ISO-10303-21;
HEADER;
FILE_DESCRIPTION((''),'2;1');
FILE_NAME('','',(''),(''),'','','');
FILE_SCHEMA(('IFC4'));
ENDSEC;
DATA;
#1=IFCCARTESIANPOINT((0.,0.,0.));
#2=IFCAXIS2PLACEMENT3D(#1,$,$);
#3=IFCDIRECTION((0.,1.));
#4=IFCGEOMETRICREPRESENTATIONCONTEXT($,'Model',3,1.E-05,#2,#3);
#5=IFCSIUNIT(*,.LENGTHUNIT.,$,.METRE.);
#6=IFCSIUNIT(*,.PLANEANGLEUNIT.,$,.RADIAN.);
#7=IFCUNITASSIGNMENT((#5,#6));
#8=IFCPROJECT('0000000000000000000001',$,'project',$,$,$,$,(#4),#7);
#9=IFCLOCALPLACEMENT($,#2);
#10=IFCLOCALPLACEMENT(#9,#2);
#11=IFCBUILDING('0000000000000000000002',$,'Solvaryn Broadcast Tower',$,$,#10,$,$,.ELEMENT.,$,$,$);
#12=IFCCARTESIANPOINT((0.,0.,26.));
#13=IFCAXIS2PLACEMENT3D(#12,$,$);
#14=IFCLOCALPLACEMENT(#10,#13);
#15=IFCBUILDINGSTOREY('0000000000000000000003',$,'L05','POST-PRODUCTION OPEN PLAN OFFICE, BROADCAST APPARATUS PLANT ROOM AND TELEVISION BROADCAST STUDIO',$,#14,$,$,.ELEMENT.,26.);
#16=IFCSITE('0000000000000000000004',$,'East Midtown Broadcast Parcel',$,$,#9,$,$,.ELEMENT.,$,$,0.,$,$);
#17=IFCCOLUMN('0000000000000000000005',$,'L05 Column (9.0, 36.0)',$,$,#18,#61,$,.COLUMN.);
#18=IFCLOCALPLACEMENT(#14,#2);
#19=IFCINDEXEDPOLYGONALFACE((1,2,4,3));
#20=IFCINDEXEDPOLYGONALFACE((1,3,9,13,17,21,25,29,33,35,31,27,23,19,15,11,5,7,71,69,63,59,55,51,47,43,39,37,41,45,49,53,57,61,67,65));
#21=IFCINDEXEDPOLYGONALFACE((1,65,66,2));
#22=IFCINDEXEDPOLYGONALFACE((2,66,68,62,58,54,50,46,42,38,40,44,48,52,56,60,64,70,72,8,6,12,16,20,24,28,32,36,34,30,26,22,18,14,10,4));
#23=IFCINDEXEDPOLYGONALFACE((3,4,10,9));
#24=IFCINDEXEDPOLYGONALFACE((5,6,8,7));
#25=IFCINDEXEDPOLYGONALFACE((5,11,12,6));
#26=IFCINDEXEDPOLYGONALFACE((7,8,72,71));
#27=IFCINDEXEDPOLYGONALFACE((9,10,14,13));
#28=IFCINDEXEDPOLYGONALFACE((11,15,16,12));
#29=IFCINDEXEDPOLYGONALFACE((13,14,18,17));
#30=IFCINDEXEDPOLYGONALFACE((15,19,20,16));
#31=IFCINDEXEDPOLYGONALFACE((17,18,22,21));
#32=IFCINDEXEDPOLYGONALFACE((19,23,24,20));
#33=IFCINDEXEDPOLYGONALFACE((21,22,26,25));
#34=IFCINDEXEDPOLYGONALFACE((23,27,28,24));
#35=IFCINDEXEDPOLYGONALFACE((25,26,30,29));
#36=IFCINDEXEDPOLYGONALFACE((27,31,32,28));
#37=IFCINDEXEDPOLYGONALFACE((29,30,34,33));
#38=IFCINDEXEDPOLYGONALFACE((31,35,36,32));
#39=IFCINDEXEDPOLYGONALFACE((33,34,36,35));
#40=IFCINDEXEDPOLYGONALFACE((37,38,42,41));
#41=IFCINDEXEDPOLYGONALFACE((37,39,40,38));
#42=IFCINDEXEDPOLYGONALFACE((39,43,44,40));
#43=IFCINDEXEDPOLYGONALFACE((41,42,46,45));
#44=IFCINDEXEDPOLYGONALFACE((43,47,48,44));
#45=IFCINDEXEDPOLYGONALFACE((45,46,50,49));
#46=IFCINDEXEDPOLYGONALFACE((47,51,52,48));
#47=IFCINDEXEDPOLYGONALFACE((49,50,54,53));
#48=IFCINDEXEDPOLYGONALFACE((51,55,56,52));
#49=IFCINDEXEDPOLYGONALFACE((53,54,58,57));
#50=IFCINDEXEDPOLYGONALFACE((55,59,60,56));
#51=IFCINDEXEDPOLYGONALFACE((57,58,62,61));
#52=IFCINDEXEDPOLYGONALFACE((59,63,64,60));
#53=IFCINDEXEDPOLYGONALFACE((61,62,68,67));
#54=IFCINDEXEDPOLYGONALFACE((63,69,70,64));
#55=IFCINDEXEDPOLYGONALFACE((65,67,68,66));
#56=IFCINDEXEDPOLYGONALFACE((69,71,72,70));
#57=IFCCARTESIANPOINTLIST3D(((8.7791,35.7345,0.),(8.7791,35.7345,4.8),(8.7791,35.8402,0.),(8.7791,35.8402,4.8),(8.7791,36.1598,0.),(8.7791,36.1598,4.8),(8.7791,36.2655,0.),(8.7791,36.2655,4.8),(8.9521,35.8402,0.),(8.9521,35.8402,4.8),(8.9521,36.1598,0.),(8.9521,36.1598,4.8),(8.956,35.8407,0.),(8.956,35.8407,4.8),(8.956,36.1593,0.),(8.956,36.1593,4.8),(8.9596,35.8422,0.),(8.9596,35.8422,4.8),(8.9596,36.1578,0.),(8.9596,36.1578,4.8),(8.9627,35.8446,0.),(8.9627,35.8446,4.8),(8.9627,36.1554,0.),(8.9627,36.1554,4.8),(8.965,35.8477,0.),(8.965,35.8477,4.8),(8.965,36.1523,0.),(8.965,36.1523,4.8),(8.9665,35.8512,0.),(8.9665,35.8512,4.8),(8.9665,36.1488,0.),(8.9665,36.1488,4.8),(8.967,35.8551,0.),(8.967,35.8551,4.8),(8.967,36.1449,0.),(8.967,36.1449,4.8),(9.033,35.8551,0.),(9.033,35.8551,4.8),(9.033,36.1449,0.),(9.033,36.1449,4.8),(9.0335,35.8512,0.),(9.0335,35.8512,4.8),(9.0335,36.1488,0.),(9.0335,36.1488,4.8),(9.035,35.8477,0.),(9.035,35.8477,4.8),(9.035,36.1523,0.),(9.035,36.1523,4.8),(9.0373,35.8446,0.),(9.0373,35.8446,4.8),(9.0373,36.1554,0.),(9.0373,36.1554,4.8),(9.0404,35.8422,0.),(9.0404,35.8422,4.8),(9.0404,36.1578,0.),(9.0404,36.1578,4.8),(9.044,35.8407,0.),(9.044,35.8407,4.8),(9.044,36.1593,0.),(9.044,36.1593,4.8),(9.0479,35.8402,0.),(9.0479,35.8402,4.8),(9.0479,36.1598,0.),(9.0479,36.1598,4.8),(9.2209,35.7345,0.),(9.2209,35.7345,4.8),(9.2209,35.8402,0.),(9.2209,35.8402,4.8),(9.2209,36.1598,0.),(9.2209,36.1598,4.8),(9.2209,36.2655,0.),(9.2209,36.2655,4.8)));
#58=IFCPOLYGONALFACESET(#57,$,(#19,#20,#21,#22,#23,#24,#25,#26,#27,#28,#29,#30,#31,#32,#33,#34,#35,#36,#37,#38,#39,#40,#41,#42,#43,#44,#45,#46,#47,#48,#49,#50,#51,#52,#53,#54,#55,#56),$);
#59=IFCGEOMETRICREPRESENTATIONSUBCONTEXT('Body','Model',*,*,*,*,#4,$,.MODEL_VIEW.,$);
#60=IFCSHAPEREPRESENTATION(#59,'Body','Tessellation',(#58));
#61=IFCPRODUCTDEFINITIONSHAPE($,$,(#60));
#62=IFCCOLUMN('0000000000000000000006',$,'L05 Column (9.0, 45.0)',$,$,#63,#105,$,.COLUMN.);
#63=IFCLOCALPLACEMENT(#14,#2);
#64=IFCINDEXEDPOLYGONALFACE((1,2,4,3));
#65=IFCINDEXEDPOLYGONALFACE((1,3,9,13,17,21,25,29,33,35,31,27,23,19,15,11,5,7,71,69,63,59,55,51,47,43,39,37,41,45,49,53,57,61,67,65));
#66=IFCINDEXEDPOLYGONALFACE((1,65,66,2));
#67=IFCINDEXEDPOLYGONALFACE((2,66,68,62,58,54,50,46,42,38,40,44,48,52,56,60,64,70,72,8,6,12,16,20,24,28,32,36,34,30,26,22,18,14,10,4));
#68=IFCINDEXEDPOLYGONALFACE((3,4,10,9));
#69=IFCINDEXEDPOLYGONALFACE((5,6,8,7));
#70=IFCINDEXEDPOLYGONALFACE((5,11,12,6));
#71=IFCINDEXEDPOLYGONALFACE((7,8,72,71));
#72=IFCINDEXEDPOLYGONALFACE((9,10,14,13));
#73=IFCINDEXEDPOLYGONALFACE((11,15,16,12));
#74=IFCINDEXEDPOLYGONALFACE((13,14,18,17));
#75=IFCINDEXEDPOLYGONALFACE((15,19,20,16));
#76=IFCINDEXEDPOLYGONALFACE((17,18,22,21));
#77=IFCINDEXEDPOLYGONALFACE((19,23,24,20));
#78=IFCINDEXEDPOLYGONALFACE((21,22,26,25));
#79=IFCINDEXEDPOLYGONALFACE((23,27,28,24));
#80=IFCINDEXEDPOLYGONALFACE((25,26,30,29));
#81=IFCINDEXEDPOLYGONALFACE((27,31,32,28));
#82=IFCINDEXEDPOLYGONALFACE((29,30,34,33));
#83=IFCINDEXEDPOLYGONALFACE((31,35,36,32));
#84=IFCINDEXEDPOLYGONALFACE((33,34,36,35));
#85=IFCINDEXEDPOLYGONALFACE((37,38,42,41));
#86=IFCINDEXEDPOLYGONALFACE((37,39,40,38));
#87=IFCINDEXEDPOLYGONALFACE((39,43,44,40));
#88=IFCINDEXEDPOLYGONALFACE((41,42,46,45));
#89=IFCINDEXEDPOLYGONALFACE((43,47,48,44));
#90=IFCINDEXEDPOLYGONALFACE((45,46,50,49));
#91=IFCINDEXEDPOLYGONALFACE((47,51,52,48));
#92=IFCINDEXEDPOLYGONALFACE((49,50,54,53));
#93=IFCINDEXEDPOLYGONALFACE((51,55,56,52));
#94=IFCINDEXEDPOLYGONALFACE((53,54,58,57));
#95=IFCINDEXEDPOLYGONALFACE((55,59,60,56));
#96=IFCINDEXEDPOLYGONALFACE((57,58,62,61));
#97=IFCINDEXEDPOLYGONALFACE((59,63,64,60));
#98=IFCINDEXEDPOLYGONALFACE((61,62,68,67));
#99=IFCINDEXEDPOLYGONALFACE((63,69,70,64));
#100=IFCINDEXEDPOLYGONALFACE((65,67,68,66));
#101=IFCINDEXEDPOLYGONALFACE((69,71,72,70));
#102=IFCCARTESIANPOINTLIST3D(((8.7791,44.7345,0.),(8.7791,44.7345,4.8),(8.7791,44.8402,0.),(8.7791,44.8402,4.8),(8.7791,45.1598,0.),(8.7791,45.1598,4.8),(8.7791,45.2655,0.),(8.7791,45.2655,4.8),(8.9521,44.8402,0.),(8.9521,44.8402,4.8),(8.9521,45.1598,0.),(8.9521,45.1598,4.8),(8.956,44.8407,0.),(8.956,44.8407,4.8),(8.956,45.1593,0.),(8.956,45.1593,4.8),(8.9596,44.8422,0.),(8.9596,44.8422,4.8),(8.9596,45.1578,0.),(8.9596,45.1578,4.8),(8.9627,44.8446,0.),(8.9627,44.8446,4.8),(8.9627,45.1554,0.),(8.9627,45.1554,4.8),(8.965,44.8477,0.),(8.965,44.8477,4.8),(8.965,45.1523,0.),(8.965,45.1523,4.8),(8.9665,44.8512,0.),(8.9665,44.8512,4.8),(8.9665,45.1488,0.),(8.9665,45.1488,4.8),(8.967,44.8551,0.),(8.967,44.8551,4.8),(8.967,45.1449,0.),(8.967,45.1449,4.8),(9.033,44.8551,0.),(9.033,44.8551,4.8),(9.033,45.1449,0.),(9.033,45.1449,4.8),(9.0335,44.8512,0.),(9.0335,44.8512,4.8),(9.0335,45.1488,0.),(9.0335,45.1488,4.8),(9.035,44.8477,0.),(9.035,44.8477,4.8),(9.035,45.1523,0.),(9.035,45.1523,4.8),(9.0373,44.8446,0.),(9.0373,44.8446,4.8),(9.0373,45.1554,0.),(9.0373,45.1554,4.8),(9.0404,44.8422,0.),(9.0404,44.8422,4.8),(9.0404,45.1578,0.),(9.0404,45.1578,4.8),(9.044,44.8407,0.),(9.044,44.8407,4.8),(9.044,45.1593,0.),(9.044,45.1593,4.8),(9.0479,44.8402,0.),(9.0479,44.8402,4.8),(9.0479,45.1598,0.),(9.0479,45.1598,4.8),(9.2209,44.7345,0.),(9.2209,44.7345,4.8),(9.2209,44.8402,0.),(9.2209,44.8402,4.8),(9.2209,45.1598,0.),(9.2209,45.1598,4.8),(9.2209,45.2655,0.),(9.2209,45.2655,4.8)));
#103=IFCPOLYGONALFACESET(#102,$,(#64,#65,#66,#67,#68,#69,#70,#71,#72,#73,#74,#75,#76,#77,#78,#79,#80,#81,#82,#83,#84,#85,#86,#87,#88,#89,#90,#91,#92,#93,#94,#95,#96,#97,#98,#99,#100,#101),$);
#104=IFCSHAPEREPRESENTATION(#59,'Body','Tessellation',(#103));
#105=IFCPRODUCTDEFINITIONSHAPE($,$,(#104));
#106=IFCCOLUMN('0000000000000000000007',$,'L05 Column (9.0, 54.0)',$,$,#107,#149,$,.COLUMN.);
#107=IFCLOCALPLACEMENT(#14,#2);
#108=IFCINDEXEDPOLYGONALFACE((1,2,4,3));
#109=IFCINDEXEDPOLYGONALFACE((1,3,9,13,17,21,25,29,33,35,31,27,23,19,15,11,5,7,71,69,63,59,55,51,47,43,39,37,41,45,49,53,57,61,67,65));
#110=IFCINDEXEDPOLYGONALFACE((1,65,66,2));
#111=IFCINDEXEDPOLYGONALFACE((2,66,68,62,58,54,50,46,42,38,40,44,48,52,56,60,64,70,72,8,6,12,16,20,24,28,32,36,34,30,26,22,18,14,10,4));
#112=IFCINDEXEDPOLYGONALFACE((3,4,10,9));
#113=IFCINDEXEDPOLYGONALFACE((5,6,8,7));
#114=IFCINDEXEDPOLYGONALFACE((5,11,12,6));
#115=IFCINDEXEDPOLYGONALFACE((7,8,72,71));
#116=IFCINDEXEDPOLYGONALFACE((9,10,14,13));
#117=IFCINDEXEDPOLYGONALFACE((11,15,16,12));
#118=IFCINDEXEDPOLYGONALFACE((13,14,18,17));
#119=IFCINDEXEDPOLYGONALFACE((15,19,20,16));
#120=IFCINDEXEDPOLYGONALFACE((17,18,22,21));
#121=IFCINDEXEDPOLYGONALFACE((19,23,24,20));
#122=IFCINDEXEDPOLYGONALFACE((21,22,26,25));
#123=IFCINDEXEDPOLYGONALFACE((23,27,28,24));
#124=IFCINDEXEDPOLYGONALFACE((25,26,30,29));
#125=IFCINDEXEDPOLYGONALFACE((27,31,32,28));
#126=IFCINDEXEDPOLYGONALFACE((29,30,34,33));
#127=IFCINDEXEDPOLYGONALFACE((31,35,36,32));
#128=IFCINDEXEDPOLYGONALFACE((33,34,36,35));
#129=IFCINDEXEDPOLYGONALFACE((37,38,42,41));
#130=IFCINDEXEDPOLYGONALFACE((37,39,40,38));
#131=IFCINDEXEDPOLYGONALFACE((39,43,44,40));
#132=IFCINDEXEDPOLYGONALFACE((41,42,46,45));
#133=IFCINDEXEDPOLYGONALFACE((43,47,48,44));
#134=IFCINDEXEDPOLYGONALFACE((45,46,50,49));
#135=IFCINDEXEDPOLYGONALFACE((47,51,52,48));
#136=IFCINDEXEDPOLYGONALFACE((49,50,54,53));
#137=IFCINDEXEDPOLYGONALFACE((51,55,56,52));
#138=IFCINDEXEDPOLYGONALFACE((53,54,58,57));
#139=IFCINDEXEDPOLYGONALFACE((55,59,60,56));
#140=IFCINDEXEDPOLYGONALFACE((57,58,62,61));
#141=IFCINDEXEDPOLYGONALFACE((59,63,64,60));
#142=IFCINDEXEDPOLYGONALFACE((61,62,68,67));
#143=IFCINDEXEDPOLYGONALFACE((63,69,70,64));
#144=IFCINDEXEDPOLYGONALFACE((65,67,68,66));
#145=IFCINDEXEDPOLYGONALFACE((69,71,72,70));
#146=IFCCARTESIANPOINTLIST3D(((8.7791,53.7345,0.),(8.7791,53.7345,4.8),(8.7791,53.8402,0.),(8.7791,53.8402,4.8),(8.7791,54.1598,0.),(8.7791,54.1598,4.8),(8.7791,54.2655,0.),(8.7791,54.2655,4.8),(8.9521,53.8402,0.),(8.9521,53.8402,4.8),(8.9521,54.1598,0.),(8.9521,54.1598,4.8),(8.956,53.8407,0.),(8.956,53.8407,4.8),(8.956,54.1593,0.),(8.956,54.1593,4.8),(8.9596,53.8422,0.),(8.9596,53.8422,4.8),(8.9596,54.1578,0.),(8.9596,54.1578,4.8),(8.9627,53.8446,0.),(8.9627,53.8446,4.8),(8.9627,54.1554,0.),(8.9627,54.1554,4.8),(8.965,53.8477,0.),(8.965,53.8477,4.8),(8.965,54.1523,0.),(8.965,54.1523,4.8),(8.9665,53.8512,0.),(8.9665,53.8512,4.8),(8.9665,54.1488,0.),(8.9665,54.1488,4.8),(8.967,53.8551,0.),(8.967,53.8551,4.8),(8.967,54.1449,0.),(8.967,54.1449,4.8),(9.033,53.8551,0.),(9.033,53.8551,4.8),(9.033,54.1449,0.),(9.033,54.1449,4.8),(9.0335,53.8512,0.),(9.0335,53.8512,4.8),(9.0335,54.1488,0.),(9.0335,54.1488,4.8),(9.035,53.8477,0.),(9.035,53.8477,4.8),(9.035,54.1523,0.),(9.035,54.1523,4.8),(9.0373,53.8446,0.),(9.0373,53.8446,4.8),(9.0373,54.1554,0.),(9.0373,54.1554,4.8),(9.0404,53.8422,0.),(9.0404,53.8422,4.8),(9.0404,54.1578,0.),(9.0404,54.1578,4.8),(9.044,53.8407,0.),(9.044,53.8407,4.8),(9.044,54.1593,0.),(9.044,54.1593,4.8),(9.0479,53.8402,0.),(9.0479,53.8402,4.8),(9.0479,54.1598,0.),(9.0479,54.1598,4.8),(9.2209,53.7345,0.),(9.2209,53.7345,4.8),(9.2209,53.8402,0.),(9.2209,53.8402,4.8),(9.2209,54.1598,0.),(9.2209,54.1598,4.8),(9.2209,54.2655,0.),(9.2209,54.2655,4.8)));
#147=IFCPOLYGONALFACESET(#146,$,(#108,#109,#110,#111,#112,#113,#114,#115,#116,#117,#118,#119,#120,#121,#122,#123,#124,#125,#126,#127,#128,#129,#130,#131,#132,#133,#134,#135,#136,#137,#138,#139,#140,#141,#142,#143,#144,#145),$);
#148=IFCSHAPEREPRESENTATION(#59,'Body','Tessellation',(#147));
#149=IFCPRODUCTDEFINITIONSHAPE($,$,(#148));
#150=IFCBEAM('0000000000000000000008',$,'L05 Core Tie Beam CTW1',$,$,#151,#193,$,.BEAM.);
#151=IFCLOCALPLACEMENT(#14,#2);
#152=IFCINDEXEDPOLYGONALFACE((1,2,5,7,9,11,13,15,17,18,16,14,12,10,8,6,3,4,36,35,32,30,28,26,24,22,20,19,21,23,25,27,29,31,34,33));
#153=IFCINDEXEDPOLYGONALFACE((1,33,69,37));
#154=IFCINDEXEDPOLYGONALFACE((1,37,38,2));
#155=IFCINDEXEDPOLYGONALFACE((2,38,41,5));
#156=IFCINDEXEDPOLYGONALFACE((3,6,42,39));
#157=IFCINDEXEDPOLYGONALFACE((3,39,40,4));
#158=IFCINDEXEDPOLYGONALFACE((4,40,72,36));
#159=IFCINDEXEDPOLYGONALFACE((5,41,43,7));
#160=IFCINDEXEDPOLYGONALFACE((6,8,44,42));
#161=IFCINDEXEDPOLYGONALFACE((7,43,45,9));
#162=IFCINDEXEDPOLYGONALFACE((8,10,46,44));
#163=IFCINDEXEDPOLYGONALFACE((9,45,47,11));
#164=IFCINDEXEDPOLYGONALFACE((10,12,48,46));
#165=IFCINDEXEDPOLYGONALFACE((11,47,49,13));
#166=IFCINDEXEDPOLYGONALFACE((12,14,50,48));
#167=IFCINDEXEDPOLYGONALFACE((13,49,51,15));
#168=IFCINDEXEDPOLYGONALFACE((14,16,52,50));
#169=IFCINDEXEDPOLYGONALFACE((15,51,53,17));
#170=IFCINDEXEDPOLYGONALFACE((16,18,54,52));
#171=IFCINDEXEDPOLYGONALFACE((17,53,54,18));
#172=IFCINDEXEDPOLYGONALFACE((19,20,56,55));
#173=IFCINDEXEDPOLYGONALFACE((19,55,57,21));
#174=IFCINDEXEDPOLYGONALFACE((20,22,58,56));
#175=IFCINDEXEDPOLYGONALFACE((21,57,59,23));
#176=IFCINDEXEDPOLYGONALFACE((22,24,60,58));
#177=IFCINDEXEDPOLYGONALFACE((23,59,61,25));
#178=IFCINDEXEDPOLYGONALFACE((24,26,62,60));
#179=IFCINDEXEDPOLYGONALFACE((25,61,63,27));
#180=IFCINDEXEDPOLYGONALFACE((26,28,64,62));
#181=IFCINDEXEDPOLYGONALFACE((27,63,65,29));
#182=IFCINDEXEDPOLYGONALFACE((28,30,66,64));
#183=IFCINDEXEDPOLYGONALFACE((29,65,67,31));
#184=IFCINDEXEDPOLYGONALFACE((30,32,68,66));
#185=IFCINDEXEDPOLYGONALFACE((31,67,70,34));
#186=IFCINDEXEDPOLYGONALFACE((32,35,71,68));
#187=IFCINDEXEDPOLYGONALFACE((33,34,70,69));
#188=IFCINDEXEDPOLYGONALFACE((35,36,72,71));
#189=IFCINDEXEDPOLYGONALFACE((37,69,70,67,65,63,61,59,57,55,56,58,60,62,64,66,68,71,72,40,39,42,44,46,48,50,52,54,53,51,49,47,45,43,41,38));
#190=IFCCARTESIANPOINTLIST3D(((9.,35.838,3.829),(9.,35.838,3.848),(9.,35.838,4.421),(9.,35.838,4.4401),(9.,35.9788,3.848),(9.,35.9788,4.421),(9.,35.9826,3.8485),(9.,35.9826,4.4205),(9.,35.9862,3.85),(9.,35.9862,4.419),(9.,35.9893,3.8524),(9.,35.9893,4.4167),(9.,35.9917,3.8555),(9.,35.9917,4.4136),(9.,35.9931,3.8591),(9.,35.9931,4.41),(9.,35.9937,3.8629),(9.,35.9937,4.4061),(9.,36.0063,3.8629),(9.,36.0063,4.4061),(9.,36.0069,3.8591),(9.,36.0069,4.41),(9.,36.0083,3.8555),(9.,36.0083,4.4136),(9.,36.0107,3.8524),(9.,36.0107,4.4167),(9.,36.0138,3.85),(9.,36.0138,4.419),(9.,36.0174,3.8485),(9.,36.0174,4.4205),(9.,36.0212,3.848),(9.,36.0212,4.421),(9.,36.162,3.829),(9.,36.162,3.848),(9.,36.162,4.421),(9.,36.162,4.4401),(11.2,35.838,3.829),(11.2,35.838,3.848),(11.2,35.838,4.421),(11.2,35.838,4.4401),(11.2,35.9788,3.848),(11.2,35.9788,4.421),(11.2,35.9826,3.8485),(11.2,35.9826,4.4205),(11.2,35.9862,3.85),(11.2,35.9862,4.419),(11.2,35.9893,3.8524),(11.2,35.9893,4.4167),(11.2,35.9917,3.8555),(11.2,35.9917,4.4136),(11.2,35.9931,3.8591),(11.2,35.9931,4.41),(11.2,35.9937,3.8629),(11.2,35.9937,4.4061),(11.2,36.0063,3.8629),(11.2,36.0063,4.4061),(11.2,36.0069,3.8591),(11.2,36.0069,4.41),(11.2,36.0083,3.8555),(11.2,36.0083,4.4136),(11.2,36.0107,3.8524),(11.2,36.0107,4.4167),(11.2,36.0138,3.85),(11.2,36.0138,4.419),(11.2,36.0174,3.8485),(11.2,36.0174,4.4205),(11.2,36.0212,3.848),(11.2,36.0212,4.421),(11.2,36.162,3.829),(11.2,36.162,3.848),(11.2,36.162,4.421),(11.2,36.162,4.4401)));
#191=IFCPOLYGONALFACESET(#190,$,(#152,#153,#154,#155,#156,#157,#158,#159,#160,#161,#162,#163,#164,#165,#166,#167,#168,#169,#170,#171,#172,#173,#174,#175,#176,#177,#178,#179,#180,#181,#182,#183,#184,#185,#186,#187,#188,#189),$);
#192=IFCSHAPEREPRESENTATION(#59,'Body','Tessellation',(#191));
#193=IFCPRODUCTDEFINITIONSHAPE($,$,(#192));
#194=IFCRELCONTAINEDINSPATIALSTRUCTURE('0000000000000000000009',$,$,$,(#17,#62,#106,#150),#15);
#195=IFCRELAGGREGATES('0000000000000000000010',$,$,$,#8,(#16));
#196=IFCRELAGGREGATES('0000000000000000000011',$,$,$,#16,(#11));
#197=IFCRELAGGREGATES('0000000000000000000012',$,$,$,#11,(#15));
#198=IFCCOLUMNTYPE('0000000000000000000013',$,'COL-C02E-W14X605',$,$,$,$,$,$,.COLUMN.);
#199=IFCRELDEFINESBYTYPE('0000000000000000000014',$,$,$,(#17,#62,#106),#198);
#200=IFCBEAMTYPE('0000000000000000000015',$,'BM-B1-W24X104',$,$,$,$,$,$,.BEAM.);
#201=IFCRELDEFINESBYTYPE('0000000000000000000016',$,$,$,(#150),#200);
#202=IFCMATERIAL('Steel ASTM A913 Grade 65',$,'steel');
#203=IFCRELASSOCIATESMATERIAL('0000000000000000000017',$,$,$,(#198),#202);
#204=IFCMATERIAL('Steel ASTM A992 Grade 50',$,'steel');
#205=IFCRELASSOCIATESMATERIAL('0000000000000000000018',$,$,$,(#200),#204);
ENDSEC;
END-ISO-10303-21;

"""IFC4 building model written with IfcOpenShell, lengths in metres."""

from ifc_helpers import new_model, si_unit, direction, frame, origin, origin_2d, place, context, subcontext, project, spatial, i_section, extrude, material, material_profile, profile_set, type_object, element, save


model = new_model("IFC4")

# Units and contexts
model_context = context("Model", 3, precision=1e-05, world=origin(), true_north=direction((0.0, 1.0)))
body_context = subcontext(model_context, "Body", "Model", "MODEL_VIEW")
ifc_project = project(units=[si_unit("LENGTHUNIT", "METRE"), si_unit("PLANEANGLEUNIT", "RADIAN")], contexts=[model_context])

# Site, building, storey
site_placement = place(None, origin())
site = spatial("IfcSite", under=ifc_project, at=site_placement, Name="East Midtown Broadcast Parcel", CompositionType="ELEMENT", RefElevation=0.0)
building_placement = place(site_placement, origin())
building = spatial("IfcBuilding", under=site, at=building_placement, Name="Solvaryn Broadcast Tower", CompositionType="ELEMENT")
storey_placement = place(building_placement, frame((0.0, 0.0, 26.0)))
storey = spatial("IfcBuildingStorey", under=building, at=storey_placement, Name="L05", Description="POST-PRODUCTION OPEN PLAN OFFICE, BROADCAST APPARATUS PLANT ROOM AND TELEVISION BROADCAST STUDIO", CompositionType="ELEMENT", Elevation=26.0)

# Columns
ifc_material_1 = material(Name="Steel ASTM A913 Grade 65", Category="steel")
ifc_material_profile_1 = material_profile(ifc_material_1, i_section(OverallWidth=0.4419, OverallDepth=0.531, WebThickness=0.0659, FlangeThickness=0.1057, FilletRadius=0.0149, at=origin_2d()))
ifc_profile_set_1 = profile_set([ifc_material_profile_1], Name="Steel ASTM A913 Grade 65")
column_type = type_object("IfcColumnType", Name="COL-C02E-W14X605", PredefinedType="COLUMN", material=ifc_profile_set_1)
for number, where, z_axis, x_axis, name in (
    (1, (9.0, 36.0, 0.0), (0.0, 0.0, 1.0), (1.0, 0.0, 0.0), "L05 Column (9.0, 36.0)"),
    (2, (9.0, 45.0, 0.0), (0.0, 0.0, 1.0), (1.0, 0.0, 0.0), "L05 Column (9.0, 45.0)"),
    (3, (9.0, 54.0, 0.0), (0.0, 0.0, 1.0), (1.0, 0.0, 0.0), "L05 Column (9.0, 54.0)"),
):
    element("IfcColumn", number, at=place(storey_placement, frame(where, z_axis=z_axis, x_axis=x_axis)), inside=storey, type_object=column_type, Name=name, PredefinedType="COLUMN", context=body_context, shape_type="SweptSolid", body=[
        extrude(i_section(OverallWidth=0.4419, OverallDepth=0.531, WebThickness=0.0659, FlangeThickness=0.1057, FilletRadius=0.0149, at=origin_2d()), origin(), (0.0, 0.0, 1.0), 4.8),
    ])

# Beam
ifc_material_2 = material(Name="Steel ASTM A992 Grade 50", Category="steel")
ifc_material_profile_2 = material_profile(ifc_material_2, i_section(OverallWidth=0.324, OverallDepth=0.6111, WebThickness=0.0127, FlangeThickness=0.019, FilletRadius=0.0149, at=origin_2d()))
ifc_profile_set_2 = profile_set([ifc_material_profile_2], Name="Steel ASTM A992 Grade 50")
beam_type_1 = type_object("IfcBeamType", Name="BM-B1-W24X104", PredefinedType="BEAM", material=ifc_profile_set_2)
beam_1_placement = place(storey_placement, frame((9.0, 36.0, 4.1345), z_axis=(1.0, 0.0, 0.0), x_axis=(0.0, 1.0, 0.0)))
element("IfcBeam", 4, at=beam_1_placement, inside=storey, type_object=beam_type_1, Name="L05 Core Tie Beam CTW1", PredefinedType="BEAM", context=body_context, shape_type="SweptSolid", body=[
    extrude(i_section(OverallWidth=0.324, OverallDepth=0.6111, WebThickness=0.0127, FlangeThickness=0.019, FilletRadius=0.0149, at=origin_2d()), origin(), (0.0, 0.0, 1.0), 2.2),
])

save(model, "model.ifc")
